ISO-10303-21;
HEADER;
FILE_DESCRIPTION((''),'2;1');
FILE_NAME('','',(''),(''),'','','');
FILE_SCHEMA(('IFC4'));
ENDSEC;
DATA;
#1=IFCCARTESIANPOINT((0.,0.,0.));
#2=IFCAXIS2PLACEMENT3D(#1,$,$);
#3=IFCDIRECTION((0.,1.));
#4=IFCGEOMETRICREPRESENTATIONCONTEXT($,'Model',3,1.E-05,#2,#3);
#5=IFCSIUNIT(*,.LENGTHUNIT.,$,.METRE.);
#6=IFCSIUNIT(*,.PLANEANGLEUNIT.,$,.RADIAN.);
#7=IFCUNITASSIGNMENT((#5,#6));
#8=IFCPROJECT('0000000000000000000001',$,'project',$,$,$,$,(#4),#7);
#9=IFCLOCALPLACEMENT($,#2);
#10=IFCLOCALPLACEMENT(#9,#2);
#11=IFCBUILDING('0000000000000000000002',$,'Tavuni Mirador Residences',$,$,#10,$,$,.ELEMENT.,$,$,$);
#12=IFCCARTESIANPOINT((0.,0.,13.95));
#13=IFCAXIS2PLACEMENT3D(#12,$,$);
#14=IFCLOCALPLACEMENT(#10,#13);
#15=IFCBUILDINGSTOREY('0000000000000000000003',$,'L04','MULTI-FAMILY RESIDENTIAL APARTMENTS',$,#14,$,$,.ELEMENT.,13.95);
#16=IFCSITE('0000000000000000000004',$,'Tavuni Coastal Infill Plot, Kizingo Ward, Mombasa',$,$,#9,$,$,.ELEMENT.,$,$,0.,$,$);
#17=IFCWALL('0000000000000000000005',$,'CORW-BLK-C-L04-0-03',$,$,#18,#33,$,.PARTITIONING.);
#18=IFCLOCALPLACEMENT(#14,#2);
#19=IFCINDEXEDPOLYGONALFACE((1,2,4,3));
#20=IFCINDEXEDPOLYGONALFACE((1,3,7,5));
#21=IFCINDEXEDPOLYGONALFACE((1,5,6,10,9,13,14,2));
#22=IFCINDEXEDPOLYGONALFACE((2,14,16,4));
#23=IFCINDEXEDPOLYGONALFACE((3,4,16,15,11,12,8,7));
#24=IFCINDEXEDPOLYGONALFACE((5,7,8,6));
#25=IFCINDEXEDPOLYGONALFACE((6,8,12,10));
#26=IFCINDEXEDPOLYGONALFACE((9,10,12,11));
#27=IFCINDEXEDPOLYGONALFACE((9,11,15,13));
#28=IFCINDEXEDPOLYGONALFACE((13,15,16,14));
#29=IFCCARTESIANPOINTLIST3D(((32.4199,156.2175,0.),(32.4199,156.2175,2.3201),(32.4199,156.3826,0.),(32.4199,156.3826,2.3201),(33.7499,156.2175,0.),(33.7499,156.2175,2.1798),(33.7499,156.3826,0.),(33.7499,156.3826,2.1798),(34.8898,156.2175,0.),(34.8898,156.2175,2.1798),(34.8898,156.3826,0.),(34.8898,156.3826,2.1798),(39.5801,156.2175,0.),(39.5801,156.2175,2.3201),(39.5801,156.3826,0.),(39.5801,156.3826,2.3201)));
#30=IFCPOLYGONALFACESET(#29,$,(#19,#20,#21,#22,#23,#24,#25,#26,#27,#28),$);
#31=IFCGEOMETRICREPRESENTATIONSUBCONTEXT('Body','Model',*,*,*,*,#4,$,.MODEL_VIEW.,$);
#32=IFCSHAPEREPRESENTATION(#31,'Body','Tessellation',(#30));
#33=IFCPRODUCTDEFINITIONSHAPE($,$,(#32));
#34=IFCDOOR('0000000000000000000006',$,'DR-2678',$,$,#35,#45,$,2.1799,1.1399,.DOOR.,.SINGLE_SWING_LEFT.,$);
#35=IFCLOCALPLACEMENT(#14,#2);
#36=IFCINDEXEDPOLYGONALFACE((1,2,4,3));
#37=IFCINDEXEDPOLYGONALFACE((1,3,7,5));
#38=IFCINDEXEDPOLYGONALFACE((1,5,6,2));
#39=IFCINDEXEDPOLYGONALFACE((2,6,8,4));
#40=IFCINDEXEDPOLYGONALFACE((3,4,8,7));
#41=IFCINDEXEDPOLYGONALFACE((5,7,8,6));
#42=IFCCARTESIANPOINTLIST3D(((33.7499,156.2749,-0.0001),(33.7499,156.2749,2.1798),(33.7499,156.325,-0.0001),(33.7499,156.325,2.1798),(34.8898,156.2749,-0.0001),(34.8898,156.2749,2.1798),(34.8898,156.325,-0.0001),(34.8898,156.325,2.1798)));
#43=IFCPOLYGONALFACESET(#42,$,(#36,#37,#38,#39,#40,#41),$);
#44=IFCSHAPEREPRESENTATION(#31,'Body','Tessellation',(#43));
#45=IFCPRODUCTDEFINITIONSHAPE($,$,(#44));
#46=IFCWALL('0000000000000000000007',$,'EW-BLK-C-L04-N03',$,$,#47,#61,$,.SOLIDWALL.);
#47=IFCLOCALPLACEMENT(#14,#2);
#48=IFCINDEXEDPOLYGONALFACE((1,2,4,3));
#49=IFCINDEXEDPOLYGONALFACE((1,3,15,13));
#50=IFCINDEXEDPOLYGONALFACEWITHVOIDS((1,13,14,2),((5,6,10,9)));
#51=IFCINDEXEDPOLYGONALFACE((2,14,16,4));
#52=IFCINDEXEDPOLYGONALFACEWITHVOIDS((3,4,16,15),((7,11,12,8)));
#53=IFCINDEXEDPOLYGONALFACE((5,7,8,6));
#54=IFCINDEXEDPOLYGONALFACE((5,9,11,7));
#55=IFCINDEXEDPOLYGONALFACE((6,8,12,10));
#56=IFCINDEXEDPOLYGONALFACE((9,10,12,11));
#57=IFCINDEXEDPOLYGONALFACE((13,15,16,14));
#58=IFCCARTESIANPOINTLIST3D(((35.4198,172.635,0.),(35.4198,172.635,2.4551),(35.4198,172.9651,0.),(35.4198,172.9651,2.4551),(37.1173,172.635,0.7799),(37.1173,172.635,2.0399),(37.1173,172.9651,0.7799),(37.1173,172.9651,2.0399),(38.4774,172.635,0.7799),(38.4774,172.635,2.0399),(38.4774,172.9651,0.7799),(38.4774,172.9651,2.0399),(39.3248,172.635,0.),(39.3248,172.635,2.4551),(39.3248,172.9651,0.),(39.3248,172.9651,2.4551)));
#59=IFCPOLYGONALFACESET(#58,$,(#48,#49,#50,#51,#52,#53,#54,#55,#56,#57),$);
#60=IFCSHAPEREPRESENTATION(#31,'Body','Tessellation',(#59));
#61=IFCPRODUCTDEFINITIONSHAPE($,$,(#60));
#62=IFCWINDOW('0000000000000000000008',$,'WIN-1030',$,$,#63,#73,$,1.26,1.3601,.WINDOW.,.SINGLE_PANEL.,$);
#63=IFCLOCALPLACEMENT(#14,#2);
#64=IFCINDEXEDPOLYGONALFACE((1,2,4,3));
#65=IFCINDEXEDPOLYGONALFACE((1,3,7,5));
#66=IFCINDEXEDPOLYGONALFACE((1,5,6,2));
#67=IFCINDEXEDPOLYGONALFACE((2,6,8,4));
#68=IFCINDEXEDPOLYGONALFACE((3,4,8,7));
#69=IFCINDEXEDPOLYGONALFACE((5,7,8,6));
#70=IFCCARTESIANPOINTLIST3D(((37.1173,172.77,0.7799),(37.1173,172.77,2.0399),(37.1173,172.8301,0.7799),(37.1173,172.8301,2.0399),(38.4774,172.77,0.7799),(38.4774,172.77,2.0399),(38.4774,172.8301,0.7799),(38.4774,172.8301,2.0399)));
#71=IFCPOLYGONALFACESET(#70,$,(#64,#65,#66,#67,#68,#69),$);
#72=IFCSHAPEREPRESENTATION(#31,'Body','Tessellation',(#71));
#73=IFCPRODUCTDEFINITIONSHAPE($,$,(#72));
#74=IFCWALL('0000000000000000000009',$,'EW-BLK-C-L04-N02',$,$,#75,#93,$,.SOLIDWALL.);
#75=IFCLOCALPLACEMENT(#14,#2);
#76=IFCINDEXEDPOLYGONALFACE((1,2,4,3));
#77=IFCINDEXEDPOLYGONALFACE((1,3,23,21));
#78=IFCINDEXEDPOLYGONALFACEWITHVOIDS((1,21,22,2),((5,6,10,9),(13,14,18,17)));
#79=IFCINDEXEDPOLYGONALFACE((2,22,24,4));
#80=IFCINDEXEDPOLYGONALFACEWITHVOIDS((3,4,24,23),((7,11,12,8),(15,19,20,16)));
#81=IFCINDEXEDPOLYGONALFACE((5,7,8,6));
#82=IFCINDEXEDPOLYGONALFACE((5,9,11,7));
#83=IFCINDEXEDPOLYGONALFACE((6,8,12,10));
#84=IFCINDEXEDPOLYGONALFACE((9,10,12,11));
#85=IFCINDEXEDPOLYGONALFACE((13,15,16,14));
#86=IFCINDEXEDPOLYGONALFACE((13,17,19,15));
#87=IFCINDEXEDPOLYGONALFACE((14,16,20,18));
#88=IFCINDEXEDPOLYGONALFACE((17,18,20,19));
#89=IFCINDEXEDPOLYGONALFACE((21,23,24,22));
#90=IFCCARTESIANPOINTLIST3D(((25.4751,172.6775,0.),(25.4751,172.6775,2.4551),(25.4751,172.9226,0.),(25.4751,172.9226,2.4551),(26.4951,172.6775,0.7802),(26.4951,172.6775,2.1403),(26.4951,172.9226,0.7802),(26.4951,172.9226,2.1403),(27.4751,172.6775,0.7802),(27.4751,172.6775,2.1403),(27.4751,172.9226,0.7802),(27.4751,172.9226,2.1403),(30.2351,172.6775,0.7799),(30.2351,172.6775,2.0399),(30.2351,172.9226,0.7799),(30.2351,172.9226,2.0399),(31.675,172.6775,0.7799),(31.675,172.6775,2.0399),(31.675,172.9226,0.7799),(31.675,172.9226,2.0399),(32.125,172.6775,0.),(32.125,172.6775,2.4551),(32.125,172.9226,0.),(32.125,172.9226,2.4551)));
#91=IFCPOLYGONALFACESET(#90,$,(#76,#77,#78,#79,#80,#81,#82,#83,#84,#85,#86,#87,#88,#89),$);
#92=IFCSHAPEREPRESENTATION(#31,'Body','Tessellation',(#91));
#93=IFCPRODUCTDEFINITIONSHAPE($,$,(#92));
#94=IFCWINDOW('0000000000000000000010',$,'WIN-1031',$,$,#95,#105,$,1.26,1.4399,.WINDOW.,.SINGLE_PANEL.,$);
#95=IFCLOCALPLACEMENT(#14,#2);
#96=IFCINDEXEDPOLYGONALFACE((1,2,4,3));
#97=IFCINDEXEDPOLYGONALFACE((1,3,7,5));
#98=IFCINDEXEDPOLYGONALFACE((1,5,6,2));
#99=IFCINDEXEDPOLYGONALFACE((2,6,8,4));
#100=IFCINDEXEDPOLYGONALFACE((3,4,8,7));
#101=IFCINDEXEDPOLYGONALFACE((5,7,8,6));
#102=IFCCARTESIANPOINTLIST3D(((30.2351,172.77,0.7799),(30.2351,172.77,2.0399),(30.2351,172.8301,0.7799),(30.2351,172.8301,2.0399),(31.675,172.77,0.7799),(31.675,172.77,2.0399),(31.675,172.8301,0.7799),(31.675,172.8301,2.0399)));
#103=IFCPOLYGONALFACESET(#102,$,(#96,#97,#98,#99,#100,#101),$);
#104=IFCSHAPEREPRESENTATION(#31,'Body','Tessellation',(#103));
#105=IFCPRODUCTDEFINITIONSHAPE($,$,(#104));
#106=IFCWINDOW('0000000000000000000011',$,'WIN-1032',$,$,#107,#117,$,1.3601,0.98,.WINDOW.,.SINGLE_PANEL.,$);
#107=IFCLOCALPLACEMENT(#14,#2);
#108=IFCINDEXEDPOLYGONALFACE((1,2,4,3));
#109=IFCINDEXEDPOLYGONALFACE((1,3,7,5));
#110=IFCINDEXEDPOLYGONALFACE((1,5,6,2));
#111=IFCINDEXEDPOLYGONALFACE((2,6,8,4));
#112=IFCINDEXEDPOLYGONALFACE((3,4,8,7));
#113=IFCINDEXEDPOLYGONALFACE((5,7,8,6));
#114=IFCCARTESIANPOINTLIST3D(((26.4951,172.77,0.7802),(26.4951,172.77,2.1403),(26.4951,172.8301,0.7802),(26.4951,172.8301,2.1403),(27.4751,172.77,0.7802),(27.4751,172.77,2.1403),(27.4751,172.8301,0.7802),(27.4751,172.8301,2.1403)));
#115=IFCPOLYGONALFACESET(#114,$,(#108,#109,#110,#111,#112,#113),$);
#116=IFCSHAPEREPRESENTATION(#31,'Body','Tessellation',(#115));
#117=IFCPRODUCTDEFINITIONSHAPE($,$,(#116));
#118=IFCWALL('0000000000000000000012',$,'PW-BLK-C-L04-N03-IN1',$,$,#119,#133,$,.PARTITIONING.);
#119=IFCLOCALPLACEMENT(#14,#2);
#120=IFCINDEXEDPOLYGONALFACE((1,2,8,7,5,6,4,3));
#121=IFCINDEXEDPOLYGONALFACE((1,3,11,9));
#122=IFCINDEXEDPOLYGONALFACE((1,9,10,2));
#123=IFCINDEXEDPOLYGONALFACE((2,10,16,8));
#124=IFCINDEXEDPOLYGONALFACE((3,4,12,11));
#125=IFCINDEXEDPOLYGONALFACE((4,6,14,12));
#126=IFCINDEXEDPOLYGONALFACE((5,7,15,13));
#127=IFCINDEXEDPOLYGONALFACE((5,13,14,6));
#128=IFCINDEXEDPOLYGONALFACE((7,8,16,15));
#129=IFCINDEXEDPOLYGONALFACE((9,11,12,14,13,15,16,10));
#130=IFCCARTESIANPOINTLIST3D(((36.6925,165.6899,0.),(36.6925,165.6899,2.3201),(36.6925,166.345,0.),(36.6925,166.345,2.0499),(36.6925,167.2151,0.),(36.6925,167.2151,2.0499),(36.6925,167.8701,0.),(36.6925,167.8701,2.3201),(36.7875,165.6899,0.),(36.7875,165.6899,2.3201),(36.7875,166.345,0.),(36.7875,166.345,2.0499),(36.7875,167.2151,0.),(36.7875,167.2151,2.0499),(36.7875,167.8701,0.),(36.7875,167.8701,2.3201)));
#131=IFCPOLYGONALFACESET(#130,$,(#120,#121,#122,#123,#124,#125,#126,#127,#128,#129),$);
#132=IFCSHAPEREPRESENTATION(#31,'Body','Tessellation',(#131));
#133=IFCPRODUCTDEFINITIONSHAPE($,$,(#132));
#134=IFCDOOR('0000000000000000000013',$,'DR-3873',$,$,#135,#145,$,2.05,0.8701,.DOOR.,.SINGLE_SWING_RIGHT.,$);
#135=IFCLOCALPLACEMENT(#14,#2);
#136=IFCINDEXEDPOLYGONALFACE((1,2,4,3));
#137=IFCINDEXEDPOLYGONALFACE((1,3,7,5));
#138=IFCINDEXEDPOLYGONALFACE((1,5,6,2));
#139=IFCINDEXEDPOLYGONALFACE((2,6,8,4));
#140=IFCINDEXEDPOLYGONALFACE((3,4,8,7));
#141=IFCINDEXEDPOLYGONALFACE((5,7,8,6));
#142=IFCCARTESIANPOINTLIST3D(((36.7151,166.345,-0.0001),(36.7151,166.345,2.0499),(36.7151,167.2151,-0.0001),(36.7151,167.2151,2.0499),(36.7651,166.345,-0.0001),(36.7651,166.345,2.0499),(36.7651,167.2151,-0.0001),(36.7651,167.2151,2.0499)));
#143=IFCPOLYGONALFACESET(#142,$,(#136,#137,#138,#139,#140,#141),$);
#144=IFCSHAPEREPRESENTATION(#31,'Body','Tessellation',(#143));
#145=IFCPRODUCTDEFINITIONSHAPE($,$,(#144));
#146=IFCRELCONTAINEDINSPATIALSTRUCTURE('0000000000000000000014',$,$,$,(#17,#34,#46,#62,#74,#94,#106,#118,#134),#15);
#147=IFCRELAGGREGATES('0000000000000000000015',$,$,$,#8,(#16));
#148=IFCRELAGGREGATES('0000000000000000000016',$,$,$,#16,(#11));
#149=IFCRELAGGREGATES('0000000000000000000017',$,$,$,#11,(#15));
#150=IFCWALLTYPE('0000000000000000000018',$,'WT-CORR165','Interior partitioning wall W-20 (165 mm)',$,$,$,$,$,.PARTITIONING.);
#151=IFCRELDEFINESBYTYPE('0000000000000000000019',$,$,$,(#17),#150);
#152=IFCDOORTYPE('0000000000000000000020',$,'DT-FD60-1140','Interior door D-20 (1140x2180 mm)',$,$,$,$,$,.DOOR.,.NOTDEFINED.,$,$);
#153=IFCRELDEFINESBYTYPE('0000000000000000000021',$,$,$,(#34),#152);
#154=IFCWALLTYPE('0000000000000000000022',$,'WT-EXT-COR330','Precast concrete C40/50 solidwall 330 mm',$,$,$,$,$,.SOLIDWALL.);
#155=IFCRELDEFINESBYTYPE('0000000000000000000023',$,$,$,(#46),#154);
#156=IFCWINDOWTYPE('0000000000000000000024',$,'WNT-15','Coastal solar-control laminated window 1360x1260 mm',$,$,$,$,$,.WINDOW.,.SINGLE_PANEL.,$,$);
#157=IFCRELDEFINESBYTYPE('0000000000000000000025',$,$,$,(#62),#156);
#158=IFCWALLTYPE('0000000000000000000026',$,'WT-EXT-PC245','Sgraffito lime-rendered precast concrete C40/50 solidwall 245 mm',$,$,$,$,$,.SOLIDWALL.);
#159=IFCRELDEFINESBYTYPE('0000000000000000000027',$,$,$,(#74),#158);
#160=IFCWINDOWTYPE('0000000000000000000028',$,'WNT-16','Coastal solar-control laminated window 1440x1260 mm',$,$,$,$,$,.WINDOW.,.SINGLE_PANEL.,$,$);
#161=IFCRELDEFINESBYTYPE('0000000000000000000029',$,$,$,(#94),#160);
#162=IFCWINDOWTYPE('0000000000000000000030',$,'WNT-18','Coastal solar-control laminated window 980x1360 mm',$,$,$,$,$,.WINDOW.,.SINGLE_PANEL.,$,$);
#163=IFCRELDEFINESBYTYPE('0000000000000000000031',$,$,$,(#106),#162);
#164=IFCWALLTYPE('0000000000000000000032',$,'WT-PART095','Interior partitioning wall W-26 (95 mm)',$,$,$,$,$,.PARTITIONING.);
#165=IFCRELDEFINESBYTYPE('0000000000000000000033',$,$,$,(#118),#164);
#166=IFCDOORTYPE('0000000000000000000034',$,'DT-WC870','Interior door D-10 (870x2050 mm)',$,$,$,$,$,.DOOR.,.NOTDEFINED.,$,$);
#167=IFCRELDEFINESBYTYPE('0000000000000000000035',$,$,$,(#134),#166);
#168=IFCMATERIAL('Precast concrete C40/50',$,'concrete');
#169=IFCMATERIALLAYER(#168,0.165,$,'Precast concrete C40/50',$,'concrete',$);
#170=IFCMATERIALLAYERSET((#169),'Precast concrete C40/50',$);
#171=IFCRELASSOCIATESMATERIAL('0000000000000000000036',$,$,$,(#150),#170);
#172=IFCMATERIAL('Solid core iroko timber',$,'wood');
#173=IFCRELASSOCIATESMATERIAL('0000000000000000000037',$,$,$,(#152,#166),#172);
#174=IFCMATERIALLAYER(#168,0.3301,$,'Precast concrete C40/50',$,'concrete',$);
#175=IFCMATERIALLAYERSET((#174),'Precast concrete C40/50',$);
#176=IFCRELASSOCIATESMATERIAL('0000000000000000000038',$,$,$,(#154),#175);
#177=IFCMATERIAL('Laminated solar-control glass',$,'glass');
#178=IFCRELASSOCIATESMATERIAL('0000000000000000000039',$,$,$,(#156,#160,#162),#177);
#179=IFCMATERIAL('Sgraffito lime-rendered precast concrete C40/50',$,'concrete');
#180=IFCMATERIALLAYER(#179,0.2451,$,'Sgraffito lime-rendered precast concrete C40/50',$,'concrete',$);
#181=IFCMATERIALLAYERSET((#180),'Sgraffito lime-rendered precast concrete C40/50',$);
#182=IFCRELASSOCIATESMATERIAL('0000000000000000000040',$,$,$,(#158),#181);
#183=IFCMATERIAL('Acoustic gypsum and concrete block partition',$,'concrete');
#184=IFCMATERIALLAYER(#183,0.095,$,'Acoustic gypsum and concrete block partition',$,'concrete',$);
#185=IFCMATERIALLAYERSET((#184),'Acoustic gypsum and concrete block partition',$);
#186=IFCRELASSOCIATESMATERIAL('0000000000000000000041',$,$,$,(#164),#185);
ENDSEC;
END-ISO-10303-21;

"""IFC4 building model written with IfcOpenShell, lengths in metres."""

from ifc_helpers import new_model, si_unit, direction, frame, frame_2d, origin, place, context, subcontext, project, spatial, rectangle, extrude, material, layer, layer_set, type_object, element, fill, save


model = new_model("IFC4")

# Units and contexts
model_context = context("Model", 3, precision=1e-05, world=origin(), true_north=direction((0.0, 1.0)))
body_context = subcontext(model_context, "Body", "Model", "MODEL_VIEW")
ifc_project = project(units=[si_unit("LENGTHUNIT", "METRE"), si_unit("PLANEANGLEUNIT", "RADIAN")], contexts=[model_context])

# Site, building, storey
site_placement = place(None, origin())
site = spatial("IfcSite", under=ifc_project, at=site_placement, Name="Tavuni Coastal Infill Plot, Kizingo Ward, Mombasa", CompositionType="ELEMENT", RefElevation=0.0)
building_placement = place(site_placement, origin())
building = spatial("IfcBuilding", under=site, at=building_placement, Name="Tavuni Mirador Residences", CompositionType="ELEMENT")
storey_placement = place(building_placement, frame((0.0, 0.0, 13.95)))
storey = spatial("IfcBuildingStorey", under=building, at=storey_placement, Name="L04", Description="MULTI-FAMILY RESIDENTIAL APARTMENTS", CompositionType="ELEMENT", Elevation=13.95)

# Shared definitions
ifc_material_1 = material(Name="Precast concrete C40/50", Category="concrete")

# Wall, opening, door
ifc_layer_1 = layer(ifc_material_1, 0.165, Name="Precast concrete C40/50", Category="concrete")
ifc_layer_set_1 = layer_set([ifc_layer_1], Name="Precast concrete C40/50")
wall_type_1 = type_object("IfcWallType", Name="WT-CORR165", Description="Interior partitioning wall W-20 (165 mm)", PredefinedType="PARTITIONING", material=ifc_layer_set_1)
wall_1_placement = place(storey_placement, frame((32.4199, 156.3, 0.0), z_axis=(0.0, 0.0, 1.0), x_axis=(1.0, 0.0, 0.0)))
wall_1 = element("IfcWall", 1, at=wall_1_placement, inside=storey, type_object=wall_type_1, Name="CORW-BLK-C-L04-0-03", PredefinedType="PARTITIONING", context=body_context, shape_type="SweptSolid", body=[
    extrude(rectangle(XDim=7.1602, YDim=0.165, at=frame_2d((3.5801, 0.0))), origin(), (0.0, 0.0, 1.0), 2.3201),
])
opening_1_placement = place(wall_1_placement, frame((1.3301, 0.0, 0.0)))
opening_1 = element("IfcOpeningElement", 2, at=opening_1_placement, cuts=wall_1, PredefinedType="OPENING", context=body_context, shape_type="SweptSolid", body=[
    extrude(rectangle(XDim=1.1399, YDim=2.1799, at=frame_2d((0.5698, 1.0898))), frame((0.0, 0.0925, 0.0), z_axis=(0.0, -1.0, 0.0), x_axis=(1.0, 0.0, 0.0)), (0.0, 0.0, 1.0), 0.1851),
])
ifc_material_2 = material(Name="Solid core iroko timber", Category="wood")
door_type_1 = type_object("IfcDoorType", Name="DT-FD60-1140", Description="Interior door D-20 (1140x2180 mm)", OperationType="NOTDEFINED", PredefinedType="DOOR", material=ifc_material_2)
door_1_placement = place(opening_1_placement, origin())
door_1 = element("IfcDoor", 3, at=door_1_placement, inside=storey, type_object=door_type_1, Name="DR-2678", OperationType="SINGLE_SWING_LEFT", OverallHeight=2.1799, OverallWidth=1.1399, PredefinedType="DOOR", context=body_context, shape_type="SweptSolid", body=[
    extrude(rectangle(XDim=1.1399, YDim=2.1799, at=frame_2d((0.5698, 1.0898))), frame((0.0, 0.0249, 0.0), z_axis=(0.0, -1.0, 0.0), x_axis=(1.0, 0.0, 0.0)), (0.0, 0.0, 1.0), 0.05),
])
fill(opening_1, door_1)

# Wall, opening, window
ifc_layer_2 = layer(ifc_material_1, 0.3301, Name="Precast concrete C40/50", Category="concrete")
ifc_layer_set_2 = layer_set([ifc_layer_2], Name="Precast concrete C40/50")
wall_type_2 = type_object("IfcWallType", Name="WT-EXT-COR330", Description="Precast concrete C40/50 solidwall 330 mm", PredefinedType="SOLIDWALL", material=ifc_layer_set_2)
wall_2_placement = place(storey_placement, frame((39.325, 172.8, 0.0), z_axis=(0.0, 0.0, 1.0), x_axis=(-1.0, 0.0, 0.0)))
wall_2 = element("IfcWall", 4, at=wall_2_placement, inside=storey, type_object=wall_type_2, Name="EW-BLK-C-L04-N03", PredefinedType="SOLIDWALL", context=body_context, shape_type="SweptSolid", body=[
    extrude(rectangle(XDim=3.905, YDim=0.3301, at=frame_2d((1.9526, 0.0))), origin(), (0.0, 0.0, 1.0), 2.4551),
])
opening_2_placement = place(wall_2_placement, frame((0.8474, 0.0, 0.78)))
opening_2 = element("IfcOpeningElement", 5, at=opening_2_placement, cuts=wall_2, PredefinedType="OPENING", context=body_context, shape_type="SweptSolid", body=[
    extrude(rectangle(XDim=1.3601, YDim=1.26, at=frame_2d((0.6802, 0.6299))), frame((0.0, 0.175, 0.0), z_axis=(0.0, -1.0, 0.0), x_axis=(1.0, 0.0, 0.0)), (0.0, 0.0, 1.0), 0.3501),
])
ifc_material_3 = material(Name="Laminated solar-control glass", Category="glass")
window_type_1 = type_object("IfcWindowType", Name="WNT-15", Description="Coastal solar-control laminated window 1360x1260 mm", PartitioningType="SINGLE_PANEL", PredefinedType="WINDOW", material=ifc_material_3)
window_1_placement = place(opening_2_placement, origin())
window_1 = element("IfcWindow", 6, at=window_1_placement, inside=storey, type_object=window_type_1, Name="WIN-1030", OverallHeight=1.26, OverallWidth=1.3601, PartitioningType="SINGLE_PANEL", PredefinedType="WINDOW", context=body_context, shape_type="SweptSolid", body=[
    extrude(rectangle(XDim=1.3601, YDim=1.26, at=frame_2d((0.6802, 0.6299))), frame((0.0, 0.03, 0.0), z_axis=(0.0, -1.0, 0.0), x_axis=(1.0, 0.0, 0.0)), (0.0, 0.0, 1.0), 0.0601),
])
fill(opening_2, window_1)

# Wall, openings, windows
ifc_material_4 = material(Name="Sgraffito lime-rendered precast concrete C40/50", Category="concrete")
ifc_layer_3 = layer(ifc_material_4, 0.2451, Name="Sgraffito lime-rendered precast concrete C40/50", Category="concrete")
ifc_layer_set_3 = layer_set([ifc_layer_3], Name="Sgraffito lime-rendered precast concrete C40/50")
wall_type_3 = type_object("IfcWallType", Name="WT-EXT-PC245", Description="Sgraffito lime-rendered precast concrete C40/50 solidwall 245 mm", PredefinedType="SOLIDWALL", material=ifc_layer_set_3)
wall_3_placement = place(storey_placement, frame((32.125, 172.8, 0.0), z_axis=(0.0, 0.0, 1.0), x_axis=(-1.0, 0.0, 0.0)))
wall_3 = element("IfcWall", 7, at=wall_3_placement, inside=storey, type_object=wall_type_3, Name="EW-BLK-C-L04-N02", PredefinedType="SOLIDWALL", context=body_context, shape_type="SweptSolid", body=[
    extrude(rectangle(XDim=6.6499, YDim=0.2451, at=frame_2d((3.325, 0.0))), origin(), (0.0, 0.0, 1.0), 2.4551),
])
opening_3_placement = place(wall_3_placement, frame((0.45, 0.0, 0.78)))
opening_3 = element("IfcOpeningElement", 8, at=opening_3_placement, cuts=wall_3, PredefinedType="OPENING", context=body_context, shape_type="SweptSolid", body=[
    extrude(rectangle(XDim=1.4399, YDim=1.26, at=frame_2d((0.72, 0.6299))), frame((0.0, 0.1326, 0.0), z_axis=(0.0, -1.0, 0.0), x_axis=(1.0, 0.0, 0.0)), (0.0, 0.0, 1.0), 0.2651),
])
opening_4_placement = place(wall_3_placement, frame((4.6499, 0.0, 0.78)))
opening_4 = element("IfcOpeningElement", 9, at=opening_4_placement, cuts=wall_3, PredefinedType="OPENING", context=body_context, shape_type="SweptSolid", body=[
    extrude(rectangle(XDim=0.98, YDim=1.3601, at=frame_2d((0.49, 0.6802))), frame((0.0, 0.1326, 0.0), z_axis=(0.0, -1.0, 0.0), x_axis=(1.0, 0.0, 0.0)), (0.0, 0.0, 1.0), 0.2651),
])
window_type_2 = type_object("IfcWindowType", Name="WNT-16", Description="Coastal solar-control laminated window 1440x1260 mm", PartitioningType="SINGLE_PANEL", PredefinedType="WINDOW", material=ifc_material_3)
window_2_placement = place(opening_3_placement, origin())
window_2 = element("IfcWindow", 10, at=window_2_placement, inside=storey, type_object=window_type_2, Name="WIN-1031", OverallHeight=1.26, OverallWidth=1.4399, PartitioningType="SINGLE_PANEL", PredefinedType="WINDOW", context=body_context, shape_type="SweptSolid", body=[
    extrude(rectangle(XDim=1.4399, YDim=1.26, at=frame_2d((0.72, 0.6299))), frame((0.0, 0.03, 0.0), z_axis=(0.0, -1.0, 0.0), x_axis=(1.0, 0.0, 0.0)), (0.0, 0.0, 1.0), 0.0601),
])
fill(opening_3, window_2)
window_type_3 = type_object("IfcWindowType", Name="WNT-18", Description="Coastal solar-control laminated window 980x1360 mm", PartitioningType="SINGLE_PANEL", PredefinedType="WINDOW", material=ifc_material_3)
window_3_placement = place(opening_4_placement, origin())
window_3 = element("IfcWindow", 11, at=window_3_placement, inside=storey, type_object=window_type_3, Name="WIN-1032", OverallHeight=1.3601, OverallWidth=0.98, PartitioningType="SINGLE_PANEL", PredefinedType="WINDOW", context=body_context, shape_type="SweptSolid", body=[
    extrude(rectangle(XDim=0.98, YDim=1.3601, at=frame_2d((0.49, 0.6802))), frame((0.0, 0.03, 0.0), z_axis=(0.0, -1.0, 0.0), x_axis=(1.0, 0.0, 0.0)), (0.0, 0.0, 1.0), 0.0601),
])
fill(opening_4, window_3)

# Wall, opening, door
ifc_material_5 = material(Name="Acoustic gypsum and concrete block partition", Category="concrete")
ifc_layer_4 = layer(ifc_material_5, 0.095, Name="Acoustic gypsum and concrete block partition", Category="concrete")
ifc_layer_set_4 = layer_set([ifc_layer_4], Name="Acoustic gypsum and concrete block partition")
wall_type_4 = type_object("IfcWallType", Name="WT-PART095", Description="Interior partitioning wall W-26 (95 mm)", PredefinedType="PARTITIONING", material=ifc_layer_set_4)
wall_4_placement = place(storey_placement, frame((36.74, 165.6899, 0.0), z_axis=(0.0, 0.0, 1.0), x_axis=(0.0, 1.0, 0.0)))
wall_4 = element("IfcWall", 12, at=wall_4_placement, inside=storey, type_object=wall_type_4, Name="PW-BLK-C-L04-N03-IN1", PredefinedType="PARTITIONING", context=body_context, shape_type="SweptSolid", body=[
    extrude(rectangle(XDim=2.1802, YDim=0.095, at=frame_2d((1.0901, 0.0))), origin(), (0.0, 0.0, 1.0), 2.3201),
])
opening_5_placement = place(wall_4_placement, frame((0.655, 0.0, 0.0)))
opening_5 = element("IfcOpeningElement", 13, at=opening_5_placement, cuts=wall_4, PredefinedType="OPENING", context=body_context, shape_type="SweptSolid", body=[
    extrude(rectangle(XDim=0.8701, YDim=2.05, at=frame_2d((0.4351, 1.0249))), frame((0.0, 0.0576, 0.0), z_axis=(0.0, -1.0, 0.0), x_axis=(1.0, 0.0, 0.0)), (0.0, 0.0, 1.0), 0.115),
])
door_type_2 = type_object("IfcDoorType", Name="DT-WC870", Description="Interior door D-10 (870x2050 mm)", OperationType="NOTDEFINED", PredefinedType="DOOR", material=ifc_material_2)
door_2_placement = place(opening_5_placement, origin())
door_2 = element("IfcDoor", 14, at=door_2_placement, inside=storey, type_object=door_type_2, Name="DR-3873", OperationType="SINGLE_SWING_RIGHT", OverallHeight=2.05, OverallWidth=0.8701, PredefinedType="DOOR", context=body_context, shape_type="SweptSolid", body=[
    extrude(rectangle(XDim=0.8701, YDim=2.05, at=frame_2d((0.4351, 1.0249))), frame((0.0, 0.0249, 0.0), z_axis=(0.0, -1.0, 0.0), x_axis=(1.0, 0.0, 0.0)), (0.0, 0.0, 1.0), 0.05),
])
fill(opening_5, door_2)

save(model, "model.ifc")
